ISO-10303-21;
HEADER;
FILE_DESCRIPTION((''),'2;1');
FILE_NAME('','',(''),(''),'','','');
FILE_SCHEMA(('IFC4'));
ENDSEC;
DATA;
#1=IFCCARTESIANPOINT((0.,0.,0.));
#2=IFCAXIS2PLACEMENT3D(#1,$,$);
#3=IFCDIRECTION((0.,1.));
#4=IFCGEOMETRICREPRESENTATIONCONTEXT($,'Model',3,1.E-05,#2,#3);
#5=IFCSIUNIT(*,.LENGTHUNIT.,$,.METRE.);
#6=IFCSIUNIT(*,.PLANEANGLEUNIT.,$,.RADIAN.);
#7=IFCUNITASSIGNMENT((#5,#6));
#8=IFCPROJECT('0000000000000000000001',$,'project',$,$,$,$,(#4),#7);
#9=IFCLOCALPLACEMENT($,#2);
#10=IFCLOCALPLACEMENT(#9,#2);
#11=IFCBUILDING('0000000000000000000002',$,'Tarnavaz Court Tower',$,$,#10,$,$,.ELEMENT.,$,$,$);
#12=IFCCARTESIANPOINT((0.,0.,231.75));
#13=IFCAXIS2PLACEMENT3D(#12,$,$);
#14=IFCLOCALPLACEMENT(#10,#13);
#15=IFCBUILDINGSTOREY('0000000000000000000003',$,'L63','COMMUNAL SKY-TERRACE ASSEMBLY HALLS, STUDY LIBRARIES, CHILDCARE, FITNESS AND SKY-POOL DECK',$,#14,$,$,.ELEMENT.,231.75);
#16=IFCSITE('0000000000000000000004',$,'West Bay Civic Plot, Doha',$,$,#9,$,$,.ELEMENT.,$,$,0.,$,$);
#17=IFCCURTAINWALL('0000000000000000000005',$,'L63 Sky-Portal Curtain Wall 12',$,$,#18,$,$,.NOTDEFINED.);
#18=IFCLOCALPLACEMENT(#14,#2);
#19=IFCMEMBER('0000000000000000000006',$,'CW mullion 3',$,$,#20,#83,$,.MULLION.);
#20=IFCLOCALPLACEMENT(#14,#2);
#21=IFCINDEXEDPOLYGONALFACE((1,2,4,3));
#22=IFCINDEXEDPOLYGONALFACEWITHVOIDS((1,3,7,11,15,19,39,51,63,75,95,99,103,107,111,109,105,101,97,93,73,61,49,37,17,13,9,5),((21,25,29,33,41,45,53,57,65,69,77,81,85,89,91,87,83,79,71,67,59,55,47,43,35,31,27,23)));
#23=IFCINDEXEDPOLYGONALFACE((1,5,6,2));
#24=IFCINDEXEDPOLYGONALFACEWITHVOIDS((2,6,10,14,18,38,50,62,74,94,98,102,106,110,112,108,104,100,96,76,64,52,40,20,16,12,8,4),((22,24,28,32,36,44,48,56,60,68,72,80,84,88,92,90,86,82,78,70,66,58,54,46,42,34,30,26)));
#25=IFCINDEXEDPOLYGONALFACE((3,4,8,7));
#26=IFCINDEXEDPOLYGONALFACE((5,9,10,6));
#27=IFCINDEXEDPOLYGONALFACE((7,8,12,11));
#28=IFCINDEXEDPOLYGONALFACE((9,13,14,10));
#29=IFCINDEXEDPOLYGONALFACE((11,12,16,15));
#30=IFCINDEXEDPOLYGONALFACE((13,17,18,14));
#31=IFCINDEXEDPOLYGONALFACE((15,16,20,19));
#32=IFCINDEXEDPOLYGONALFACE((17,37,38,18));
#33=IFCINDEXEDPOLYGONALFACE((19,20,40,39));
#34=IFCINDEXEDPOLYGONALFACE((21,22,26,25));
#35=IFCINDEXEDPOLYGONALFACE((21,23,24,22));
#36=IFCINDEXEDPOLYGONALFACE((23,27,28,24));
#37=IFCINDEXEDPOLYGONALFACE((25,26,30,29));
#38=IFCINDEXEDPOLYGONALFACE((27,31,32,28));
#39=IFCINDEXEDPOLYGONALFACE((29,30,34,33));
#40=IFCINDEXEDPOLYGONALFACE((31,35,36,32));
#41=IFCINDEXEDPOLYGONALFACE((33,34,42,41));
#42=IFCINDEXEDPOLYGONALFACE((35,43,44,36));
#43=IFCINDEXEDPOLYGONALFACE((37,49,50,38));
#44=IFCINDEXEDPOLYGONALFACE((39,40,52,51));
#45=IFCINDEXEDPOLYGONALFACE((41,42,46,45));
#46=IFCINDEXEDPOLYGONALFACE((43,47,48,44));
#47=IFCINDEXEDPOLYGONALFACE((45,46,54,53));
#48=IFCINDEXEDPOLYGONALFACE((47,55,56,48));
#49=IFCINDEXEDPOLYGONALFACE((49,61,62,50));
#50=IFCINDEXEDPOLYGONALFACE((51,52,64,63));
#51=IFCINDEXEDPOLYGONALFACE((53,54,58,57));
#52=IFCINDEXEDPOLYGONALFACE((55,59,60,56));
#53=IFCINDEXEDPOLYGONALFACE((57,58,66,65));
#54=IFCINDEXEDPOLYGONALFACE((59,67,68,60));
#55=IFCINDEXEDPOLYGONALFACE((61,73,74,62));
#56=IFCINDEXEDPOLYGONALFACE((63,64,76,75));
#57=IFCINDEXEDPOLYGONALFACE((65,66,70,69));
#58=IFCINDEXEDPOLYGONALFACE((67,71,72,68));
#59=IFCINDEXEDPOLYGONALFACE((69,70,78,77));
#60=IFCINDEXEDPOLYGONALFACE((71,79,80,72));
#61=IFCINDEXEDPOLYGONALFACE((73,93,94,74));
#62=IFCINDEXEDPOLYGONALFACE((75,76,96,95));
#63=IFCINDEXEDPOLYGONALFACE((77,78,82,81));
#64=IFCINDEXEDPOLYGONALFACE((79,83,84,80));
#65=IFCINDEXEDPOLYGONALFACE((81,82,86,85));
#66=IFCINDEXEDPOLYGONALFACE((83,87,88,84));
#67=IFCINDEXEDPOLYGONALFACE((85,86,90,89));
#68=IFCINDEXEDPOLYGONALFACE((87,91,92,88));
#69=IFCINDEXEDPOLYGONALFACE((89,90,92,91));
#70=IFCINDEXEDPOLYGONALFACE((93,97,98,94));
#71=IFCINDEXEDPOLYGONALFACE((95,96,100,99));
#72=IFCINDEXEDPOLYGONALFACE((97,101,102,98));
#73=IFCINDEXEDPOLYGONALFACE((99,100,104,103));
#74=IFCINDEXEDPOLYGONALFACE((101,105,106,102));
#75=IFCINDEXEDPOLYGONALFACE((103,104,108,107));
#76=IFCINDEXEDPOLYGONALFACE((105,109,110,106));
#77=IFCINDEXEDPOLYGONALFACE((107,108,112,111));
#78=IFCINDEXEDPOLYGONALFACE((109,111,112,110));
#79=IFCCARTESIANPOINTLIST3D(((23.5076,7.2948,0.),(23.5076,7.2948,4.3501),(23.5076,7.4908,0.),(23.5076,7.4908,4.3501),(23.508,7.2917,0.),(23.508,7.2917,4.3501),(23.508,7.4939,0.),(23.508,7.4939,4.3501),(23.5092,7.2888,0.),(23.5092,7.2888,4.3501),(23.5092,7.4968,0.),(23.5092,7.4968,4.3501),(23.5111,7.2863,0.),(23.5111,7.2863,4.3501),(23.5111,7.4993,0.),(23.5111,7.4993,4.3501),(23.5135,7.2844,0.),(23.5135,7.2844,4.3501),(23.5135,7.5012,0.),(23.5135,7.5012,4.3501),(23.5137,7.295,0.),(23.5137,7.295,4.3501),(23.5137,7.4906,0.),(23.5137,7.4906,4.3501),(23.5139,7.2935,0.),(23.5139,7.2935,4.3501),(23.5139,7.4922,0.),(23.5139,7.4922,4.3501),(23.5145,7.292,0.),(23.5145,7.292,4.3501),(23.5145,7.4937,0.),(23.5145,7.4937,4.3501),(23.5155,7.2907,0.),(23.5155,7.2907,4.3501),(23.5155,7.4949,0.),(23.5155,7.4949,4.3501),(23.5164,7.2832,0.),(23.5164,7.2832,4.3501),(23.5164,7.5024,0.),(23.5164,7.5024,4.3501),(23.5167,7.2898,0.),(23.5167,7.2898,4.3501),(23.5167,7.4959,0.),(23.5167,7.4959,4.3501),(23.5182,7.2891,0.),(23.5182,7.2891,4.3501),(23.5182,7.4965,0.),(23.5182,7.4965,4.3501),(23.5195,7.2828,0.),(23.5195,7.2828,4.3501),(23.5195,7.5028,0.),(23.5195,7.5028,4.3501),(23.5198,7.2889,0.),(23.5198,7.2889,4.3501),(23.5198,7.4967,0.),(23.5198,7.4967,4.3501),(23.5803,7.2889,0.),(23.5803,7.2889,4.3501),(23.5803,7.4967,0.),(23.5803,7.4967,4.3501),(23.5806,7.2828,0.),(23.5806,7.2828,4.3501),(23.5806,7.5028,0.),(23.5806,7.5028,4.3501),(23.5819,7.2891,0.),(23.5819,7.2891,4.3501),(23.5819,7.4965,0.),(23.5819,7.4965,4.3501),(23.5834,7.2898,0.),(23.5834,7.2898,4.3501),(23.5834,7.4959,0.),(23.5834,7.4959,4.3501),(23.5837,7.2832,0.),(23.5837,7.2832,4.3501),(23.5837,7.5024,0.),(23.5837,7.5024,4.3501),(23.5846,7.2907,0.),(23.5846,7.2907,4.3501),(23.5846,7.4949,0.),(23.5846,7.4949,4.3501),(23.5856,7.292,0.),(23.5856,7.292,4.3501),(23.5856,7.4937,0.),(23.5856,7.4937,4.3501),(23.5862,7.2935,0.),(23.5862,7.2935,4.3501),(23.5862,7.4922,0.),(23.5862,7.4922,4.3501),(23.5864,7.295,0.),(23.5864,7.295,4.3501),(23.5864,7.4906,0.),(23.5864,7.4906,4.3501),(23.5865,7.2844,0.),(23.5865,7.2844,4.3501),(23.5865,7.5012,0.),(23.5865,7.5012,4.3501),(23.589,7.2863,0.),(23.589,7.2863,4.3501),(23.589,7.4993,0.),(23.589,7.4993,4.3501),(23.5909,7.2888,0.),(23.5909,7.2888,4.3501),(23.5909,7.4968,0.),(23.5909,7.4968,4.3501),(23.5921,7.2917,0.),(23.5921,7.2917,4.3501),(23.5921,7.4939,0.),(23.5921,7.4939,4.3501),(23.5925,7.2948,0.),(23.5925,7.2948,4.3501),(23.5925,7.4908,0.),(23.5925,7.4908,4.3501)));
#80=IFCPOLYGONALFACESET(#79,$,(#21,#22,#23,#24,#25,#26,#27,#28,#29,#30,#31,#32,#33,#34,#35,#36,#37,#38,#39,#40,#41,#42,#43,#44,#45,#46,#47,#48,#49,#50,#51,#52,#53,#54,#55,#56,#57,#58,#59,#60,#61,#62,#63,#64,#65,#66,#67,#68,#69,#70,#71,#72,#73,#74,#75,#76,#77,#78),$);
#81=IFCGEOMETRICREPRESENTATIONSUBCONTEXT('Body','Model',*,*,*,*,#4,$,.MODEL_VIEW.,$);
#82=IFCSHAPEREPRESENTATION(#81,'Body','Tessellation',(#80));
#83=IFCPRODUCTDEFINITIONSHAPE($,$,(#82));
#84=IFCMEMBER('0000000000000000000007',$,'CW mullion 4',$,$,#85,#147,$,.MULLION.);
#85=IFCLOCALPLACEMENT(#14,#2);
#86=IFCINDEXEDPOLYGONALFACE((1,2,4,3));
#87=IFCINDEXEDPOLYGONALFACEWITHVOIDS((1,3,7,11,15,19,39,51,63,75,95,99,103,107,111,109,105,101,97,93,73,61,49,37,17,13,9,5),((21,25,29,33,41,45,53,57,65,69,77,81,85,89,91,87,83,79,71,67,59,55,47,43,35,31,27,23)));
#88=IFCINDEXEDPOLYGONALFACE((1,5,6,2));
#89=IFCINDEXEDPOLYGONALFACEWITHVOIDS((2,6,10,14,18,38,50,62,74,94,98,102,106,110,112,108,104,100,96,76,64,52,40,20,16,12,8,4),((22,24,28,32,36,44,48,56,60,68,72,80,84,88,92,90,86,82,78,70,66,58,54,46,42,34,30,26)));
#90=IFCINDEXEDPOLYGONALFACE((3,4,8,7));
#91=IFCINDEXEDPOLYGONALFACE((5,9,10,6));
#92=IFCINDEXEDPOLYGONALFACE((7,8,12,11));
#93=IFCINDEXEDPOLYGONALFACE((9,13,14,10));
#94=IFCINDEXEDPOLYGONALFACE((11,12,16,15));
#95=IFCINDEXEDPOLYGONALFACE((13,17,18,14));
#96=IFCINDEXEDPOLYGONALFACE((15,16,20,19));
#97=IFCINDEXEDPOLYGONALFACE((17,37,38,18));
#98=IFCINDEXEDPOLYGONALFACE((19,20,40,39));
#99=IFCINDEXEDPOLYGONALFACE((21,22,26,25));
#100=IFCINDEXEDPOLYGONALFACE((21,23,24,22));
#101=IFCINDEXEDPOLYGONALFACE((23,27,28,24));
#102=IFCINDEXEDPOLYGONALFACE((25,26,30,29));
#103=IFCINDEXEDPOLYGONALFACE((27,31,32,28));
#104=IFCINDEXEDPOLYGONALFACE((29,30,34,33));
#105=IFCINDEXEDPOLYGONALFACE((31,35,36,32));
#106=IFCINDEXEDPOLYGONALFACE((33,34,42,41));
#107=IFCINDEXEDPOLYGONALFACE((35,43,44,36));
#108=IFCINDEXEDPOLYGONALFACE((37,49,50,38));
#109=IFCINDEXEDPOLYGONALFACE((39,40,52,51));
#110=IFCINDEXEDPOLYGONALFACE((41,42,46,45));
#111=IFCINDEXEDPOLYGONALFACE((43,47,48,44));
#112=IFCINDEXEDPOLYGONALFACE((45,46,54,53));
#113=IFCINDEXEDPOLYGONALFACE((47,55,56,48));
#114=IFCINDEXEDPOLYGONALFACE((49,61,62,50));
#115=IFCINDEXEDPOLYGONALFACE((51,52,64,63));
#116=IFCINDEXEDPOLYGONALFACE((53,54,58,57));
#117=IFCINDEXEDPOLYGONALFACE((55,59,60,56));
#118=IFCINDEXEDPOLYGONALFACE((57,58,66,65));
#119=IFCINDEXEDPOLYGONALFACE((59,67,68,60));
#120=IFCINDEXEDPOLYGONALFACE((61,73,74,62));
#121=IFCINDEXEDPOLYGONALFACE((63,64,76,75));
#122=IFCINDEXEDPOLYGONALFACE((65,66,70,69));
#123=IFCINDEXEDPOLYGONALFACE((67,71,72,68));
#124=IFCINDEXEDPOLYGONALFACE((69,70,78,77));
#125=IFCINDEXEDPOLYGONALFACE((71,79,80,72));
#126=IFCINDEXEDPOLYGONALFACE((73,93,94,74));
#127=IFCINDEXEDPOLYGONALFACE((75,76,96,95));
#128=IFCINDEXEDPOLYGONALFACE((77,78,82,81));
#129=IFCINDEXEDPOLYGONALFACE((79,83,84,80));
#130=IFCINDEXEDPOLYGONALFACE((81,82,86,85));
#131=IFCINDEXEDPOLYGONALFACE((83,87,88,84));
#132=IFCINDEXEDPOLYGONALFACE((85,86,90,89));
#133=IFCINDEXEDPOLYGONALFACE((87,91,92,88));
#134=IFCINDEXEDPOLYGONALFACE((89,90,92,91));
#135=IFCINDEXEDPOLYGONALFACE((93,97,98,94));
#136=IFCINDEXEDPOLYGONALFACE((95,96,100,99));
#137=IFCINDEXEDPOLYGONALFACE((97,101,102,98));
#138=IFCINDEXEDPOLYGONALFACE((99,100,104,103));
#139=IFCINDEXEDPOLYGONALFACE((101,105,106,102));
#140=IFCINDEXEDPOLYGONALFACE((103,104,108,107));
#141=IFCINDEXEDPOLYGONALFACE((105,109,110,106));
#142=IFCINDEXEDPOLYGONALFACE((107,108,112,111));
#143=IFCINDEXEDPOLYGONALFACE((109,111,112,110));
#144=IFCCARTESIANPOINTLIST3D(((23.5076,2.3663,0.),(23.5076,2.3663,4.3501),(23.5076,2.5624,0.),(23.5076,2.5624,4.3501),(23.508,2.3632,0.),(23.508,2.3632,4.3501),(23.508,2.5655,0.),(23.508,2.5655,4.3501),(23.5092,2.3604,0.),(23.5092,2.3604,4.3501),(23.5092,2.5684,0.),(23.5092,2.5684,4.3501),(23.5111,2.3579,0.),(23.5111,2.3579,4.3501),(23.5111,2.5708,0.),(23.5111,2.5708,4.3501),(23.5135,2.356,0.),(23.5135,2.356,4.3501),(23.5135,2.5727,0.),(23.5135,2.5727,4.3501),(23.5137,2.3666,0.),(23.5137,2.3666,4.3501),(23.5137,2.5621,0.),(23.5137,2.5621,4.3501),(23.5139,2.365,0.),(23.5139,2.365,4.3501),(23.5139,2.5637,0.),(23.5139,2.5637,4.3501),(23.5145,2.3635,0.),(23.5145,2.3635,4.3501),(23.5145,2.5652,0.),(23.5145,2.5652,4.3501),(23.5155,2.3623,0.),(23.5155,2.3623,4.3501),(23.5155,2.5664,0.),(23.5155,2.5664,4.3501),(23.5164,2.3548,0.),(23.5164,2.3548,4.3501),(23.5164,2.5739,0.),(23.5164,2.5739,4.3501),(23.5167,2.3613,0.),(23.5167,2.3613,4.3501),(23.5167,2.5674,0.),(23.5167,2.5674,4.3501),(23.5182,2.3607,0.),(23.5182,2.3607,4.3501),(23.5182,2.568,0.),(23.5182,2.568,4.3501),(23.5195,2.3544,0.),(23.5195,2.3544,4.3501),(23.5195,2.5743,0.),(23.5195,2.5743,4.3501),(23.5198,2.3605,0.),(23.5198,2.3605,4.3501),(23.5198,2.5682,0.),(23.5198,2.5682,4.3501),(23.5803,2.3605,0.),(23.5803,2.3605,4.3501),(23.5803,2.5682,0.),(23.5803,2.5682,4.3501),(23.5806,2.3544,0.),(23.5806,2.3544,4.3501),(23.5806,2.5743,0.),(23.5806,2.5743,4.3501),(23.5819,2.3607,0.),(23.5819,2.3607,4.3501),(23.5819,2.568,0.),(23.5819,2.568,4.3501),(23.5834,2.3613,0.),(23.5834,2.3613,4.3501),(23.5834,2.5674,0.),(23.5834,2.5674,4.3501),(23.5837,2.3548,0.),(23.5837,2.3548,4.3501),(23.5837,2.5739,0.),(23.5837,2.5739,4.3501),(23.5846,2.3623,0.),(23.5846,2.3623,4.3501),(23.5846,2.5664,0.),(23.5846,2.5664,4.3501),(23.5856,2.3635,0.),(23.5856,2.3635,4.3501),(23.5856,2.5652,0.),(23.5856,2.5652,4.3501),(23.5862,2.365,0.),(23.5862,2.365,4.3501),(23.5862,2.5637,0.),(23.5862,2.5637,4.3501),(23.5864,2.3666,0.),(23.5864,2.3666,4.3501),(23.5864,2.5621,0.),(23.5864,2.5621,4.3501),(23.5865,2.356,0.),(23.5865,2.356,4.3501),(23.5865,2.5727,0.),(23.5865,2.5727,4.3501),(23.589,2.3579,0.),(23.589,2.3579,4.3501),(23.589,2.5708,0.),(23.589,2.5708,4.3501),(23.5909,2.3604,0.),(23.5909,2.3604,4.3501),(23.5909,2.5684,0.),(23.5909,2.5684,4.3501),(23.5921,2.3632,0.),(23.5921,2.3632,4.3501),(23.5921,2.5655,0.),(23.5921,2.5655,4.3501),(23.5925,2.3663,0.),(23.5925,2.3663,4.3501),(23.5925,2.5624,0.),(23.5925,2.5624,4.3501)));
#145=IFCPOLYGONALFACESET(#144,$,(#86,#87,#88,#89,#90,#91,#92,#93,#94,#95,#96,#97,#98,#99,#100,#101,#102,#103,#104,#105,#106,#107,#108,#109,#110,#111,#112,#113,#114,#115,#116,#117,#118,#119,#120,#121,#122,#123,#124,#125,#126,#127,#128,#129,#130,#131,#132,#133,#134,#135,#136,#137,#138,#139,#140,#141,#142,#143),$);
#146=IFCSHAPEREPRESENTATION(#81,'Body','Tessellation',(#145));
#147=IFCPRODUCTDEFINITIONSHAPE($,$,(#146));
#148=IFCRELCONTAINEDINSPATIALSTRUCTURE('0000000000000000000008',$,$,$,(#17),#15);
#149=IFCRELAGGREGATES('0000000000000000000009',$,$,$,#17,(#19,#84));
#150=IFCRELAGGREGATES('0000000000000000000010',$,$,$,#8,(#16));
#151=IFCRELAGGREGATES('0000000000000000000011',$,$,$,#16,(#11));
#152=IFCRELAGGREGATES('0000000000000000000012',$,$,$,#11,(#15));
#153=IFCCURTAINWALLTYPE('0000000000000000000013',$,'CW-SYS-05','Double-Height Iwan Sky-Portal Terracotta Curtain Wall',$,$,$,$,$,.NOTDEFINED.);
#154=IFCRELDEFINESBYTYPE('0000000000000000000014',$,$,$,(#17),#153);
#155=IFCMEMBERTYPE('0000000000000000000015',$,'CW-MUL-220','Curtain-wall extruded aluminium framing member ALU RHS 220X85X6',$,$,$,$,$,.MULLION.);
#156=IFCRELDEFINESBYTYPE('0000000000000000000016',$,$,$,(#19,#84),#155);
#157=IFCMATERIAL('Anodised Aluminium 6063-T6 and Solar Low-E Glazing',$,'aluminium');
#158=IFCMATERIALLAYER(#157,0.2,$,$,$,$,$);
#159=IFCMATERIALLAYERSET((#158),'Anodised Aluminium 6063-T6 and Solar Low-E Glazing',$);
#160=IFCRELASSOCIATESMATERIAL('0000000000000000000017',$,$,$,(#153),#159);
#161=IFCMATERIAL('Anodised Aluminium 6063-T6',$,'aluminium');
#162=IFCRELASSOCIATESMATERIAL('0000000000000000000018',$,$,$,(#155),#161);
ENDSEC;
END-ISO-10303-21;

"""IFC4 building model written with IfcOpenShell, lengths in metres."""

from ifc_helpers import new_model, si_unit, direction, frame, origin, origin_2d, place, context, subcontext, project, spatial, hollow_rectangle, extrude, material, layer, layer_set, material_profile, profile_set, type_object, element, aggregate, save


model = new_model("IFC4")

# Units and contexts
model_context = context("Model", 3, precision=1e-05, world=origin(), true_north=direction((0.0, 1.0)))
body_context = subcontext(model_context, "Body", "Model", "MODEL_VIEW")
ifc_project = project(units=[si_unit("LENGTHUNIT", "METRE"), si_unit("PLANEANGLEUNIT", "RADIAN")], contexts=[model_context])

# Site, building, storey
site_placement = place(None, origin())
site = spatial("IfcSite", under=ifc_project, at=site_placement, Name="West Bay Civic Plot, Doha", CompositionType="ELEMENT", RefElevation=0.0)
building_placement = place(site_placement, origin())
building = spatial("IfcBuilding", under=site, at=building_placement, Name="Tarnavaz Court Tower", CompositionType="ELEMENT")
storey_placement = place(building_placement, frame((0.0, 0.0, 231.75)))
storey = spatial("IfcBuildingStorey", under=building, at=storey_placement, Name="L63", Description="COMMUNAL SKY-TERRACE ASSEMBLY HALLS, STUDY LIBRARIES, CHILDCARE, FITNESS AND SKY-POOL DECK", CompositionType="ELEMENT", Elevation=231.75)

# Curtain wall, members
ifc_material_1 = material(Name="Anodised Aluminium 6063-T6 and Solar Low-E Glazing", Category="aluminium")
ifc_layer_1 = layer(ifc_material_1, 0.2)
ifc_layer_set_1 = layer_set([ifc_layer_1], Name="Anodised Aluminium 6063-T6 and Solar Low-E Glazing")
curtain_wall_type = type_object("IfcCurtainWallType", Name="CW-SYS-05", Description="Double-Height Iwan Sky-Portal Terracotta Curtain Wall", PredefinedType="NOTDEFINED", material=ifc_layer_set_1)
curtain_wall_placement = place(storey_placement, origin())
curtain_wall = element("IfcCurtainWall", 1, at=curtain_wall_placement, inside=storey, type_object=curtain_wall_type, Name="L63 Sky-Portal Curtain Wall 12", PredefinedType="NOTDEFINED")
ifc_material_2 = material(Name="Anodised Aluminium 6063-T6", Category="aluminium")
ifc_material_profile_1 = material_profile(ifc_material_2, hollow_rectangle(XDim=0.085, YDim=0.22, WallThickness=0.0061, InnerFilletRadius=0.0061, OuterFilletRadius=0.012, at=origin_2d()), Name="ALU RHS 220X85X6")
ifc_profile_set_1 = profile_set([ifc_material_profile_1], Name="Anodised Aluminium 6063-T6")
member_type_1 = type_object("IfcMemberType", Name="CW-MUL-220", Description="Curtain-wall extruded aluminium framing member ALU RHS 220X85X6", PredefinedType="MULLION", material=ifc_profile_set_1)
member_1_placement = place(storey_placement, frame((23.55, 7.3928, 0.0), z_axis=(0.0, 0.0, 1.0), x_axis=(1.0, 0.0, 0.0)))
member_1 = element("IfcMember", 2, at=member_1_placement, type_object=member_type_1, Name="CW mullion 3", PredefinedType="MULLION", context=body_context, shape_type="SweptSolid", body=[
    extrude(hollow_rectangle(XDim=0.085, YDim=0.22, WallThickness=0.0061, InnerFilletRadius=0.0061, OuterFilletRadius=0.012, at=origin_2d()), origin(), (0.0, 0.0, 1.0), 4.3501),
])
member_2_placement = place(storey_placement, frame((23.55, 2.4644, 0.0), z_axis=(0.0, 0.0, 1.0), x_axis=(1.0, 0.0, 0.0)))
member_2 = element("IfcMember", 3, at=member_2_placement, type_object=member_type_1, Name="CW mullion 4", PredefinedType="MULLION", context=body_context, shape_type="SweptSolid", body=[
    extrude(hollow_rectangle(XDim=0.085, YDim=0.22, WallThickness=0.0061, InnerFilletRadius=0.0061, OuterFilletRadius=0.012, at=origin_2d()), origin(), (0.0, 0.0, 1.0), 4.3501),
])
aggregate(curtain_wall, [member_1, member_2])

save(model, "model.ifc")
